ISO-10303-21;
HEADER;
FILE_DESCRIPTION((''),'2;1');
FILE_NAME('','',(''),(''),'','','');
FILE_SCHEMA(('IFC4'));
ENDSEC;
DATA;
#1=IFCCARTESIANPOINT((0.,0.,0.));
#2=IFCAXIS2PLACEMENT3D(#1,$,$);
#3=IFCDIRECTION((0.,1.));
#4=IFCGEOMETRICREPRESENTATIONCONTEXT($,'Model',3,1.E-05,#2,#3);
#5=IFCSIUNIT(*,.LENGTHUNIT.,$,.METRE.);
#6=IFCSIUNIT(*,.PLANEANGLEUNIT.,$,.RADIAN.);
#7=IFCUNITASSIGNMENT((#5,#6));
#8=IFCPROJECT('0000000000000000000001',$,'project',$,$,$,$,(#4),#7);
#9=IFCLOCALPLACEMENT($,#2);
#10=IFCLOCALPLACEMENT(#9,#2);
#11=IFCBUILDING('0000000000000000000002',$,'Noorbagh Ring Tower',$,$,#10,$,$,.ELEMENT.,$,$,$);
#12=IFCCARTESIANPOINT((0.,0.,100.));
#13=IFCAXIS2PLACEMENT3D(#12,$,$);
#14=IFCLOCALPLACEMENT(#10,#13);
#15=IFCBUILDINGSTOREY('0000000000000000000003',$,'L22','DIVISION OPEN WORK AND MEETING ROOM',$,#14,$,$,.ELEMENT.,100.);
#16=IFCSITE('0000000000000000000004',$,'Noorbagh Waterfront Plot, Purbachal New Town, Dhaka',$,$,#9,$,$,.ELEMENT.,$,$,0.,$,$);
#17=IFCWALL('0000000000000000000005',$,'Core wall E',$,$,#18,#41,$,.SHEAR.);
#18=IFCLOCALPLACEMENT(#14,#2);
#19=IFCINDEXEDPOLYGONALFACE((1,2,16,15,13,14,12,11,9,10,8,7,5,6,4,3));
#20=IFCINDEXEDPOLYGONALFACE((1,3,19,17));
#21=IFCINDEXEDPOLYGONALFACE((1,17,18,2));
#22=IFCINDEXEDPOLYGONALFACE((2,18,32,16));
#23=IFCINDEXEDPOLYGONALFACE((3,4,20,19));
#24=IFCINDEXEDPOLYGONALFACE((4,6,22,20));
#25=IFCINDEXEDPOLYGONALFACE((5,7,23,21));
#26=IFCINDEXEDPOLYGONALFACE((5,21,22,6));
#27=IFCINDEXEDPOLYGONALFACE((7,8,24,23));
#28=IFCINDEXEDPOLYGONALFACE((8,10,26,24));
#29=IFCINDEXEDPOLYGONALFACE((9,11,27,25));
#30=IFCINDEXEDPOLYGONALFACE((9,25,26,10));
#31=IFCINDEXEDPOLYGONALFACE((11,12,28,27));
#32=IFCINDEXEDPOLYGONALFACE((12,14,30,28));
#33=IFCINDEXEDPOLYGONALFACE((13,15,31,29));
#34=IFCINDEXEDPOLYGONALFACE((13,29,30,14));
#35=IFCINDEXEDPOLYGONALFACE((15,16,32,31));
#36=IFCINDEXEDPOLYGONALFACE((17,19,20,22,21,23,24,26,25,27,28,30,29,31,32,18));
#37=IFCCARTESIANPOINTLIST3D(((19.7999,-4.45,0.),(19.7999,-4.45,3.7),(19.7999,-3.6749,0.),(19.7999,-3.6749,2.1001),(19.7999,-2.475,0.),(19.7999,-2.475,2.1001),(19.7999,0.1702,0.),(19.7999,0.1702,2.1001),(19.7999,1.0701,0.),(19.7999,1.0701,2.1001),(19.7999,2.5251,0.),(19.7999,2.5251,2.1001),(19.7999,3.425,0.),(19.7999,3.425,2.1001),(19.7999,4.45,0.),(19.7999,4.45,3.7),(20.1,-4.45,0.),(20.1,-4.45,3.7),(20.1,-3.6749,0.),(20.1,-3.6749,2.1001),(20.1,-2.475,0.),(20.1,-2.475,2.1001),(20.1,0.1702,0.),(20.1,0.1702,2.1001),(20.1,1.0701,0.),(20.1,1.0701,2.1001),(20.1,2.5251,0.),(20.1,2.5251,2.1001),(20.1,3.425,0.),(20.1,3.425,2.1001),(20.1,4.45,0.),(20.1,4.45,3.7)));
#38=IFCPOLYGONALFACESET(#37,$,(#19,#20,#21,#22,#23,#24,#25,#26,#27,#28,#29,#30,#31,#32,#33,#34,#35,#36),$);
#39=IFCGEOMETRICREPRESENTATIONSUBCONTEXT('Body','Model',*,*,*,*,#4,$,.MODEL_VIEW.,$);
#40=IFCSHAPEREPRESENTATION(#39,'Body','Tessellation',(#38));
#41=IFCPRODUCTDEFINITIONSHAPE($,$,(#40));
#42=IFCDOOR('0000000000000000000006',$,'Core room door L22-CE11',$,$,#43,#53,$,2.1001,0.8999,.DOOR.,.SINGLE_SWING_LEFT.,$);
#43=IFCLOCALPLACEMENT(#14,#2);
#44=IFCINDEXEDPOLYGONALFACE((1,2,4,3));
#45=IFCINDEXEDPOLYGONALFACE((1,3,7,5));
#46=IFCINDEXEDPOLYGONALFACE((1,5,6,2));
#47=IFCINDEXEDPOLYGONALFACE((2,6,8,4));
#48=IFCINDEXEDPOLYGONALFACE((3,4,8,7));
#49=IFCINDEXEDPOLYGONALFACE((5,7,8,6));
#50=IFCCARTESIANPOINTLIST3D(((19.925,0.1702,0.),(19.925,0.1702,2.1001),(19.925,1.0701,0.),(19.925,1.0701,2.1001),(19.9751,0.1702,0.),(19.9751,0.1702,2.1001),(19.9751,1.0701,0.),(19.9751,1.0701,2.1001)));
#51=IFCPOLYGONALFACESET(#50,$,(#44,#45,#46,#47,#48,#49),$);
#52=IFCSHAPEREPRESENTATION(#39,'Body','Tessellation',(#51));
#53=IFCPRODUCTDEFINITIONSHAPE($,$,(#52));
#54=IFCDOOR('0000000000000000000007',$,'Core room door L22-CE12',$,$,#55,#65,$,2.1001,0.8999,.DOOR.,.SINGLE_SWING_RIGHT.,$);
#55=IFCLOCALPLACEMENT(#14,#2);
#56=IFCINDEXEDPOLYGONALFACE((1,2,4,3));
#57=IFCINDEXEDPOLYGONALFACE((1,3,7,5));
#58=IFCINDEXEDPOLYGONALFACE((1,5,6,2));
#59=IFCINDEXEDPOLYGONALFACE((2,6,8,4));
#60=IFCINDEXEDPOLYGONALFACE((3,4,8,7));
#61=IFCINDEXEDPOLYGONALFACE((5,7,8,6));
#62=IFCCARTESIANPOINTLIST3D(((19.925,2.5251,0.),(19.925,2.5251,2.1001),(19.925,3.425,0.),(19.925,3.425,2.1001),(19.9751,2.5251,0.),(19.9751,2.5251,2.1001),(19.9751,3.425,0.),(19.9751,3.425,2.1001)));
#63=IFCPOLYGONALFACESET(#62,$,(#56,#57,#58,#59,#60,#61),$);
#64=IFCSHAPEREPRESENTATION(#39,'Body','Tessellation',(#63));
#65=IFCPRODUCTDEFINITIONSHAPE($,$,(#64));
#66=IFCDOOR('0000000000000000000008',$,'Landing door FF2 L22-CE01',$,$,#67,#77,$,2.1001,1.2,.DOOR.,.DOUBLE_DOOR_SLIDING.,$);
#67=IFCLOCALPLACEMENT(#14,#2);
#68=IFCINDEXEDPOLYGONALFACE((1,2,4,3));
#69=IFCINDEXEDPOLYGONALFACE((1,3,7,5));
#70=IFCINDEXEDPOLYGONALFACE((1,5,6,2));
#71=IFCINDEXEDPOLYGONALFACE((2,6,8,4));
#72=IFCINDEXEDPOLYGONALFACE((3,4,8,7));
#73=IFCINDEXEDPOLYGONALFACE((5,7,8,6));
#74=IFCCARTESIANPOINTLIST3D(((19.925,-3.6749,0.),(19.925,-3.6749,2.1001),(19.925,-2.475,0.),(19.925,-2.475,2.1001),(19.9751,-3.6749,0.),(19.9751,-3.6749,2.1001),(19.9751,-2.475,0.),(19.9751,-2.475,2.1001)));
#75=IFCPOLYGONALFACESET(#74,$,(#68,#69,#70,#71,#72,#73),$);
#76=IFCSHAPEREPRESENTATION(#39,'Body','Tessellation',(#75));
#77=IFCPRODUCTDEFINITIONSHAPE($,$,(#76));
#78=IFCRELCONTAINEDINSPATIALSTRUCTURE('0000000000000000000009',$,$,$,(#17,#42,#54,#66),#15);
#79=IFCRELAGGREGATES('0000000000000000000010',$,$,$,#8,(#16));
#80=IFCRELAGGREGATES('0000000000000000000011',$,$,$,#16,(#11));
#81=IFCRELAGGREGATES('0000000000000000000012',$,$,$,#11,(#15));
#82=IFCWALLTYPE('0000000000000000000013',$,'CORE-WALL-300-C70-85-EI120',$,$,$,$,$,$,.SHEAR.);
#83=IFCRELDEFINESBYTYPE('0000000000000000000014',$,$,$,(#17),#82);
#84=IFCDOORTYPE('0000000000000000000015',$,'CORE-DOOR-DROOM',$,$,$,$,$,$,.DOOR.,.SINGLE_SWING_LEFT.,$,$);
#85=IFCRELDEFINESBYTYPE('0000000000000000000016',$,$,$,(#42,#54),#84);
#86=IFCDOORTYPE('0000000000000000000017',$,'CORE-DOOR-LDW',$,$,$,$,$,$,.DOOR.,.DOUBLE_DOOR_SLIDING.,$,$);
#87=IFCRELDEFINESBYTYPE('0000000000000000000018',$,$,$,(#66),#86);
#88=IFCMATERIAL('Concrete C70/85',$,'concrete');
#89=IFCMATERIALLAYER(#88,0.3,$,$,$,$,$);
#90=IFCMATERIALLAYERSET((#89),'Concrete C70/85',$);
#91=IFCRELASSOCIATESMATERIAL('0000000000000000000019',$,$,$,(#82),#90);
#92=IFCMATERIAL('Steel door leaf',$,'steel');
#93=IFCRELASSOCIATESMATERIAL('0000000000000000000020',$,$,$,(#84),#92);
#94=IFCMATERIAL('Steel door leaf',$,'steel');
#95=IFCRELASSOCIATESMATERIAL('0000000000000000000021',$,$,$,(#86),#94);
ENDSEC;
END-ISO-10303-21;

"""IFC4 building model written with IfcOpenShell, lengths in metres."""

from ifc_helpers import new_model, si_unit, direction, frame, frame_2d, origin, place, context, subcontext, project, spatial, rectangle, extrude, material, layer, layer_set, type_object, element, fill, save


model = new_model("IFC4")

# Units and contexts
model_context = context("Model", 3, precision=1e-05, world=origin(), true_north=direction((0.0, 1.0)))
body_context = subcontext(model_context, "Body", "Model", "MODEL_VIEW")
ifc_project = project(units=[si_unit("LENGTHUNIT", "METRE"), si_unit("PLANEANGLEUNIT", "RADIAN")], contexts=[model_context])

# Site, building, storey
site_placement = place(None, origin())
site = spatial("IfcSite", under=ifc_project, at=site_placement, Name="Noorbagh Waterfront Plot, Purbachal New Town, Dhaka", CompositionType="ELEMENT", RefElevation=0.0)
building_placement = place(site_placement, origin())
building = spatial("IfcBuilding", under=site, at=building_placement, Name="Noorbagh Ring Tower", CompositionType="ELEMENT")
storey_placement = place(building_placement, frame((0.0, 0.0, 100.0)))
storey = spatial("IfcBuildingStorey", under=building, at=storey_placement, Name="L22", Description="DIVISION OPEN WORK AND MEETING ROOM", CompositionType="ELEMENT", Elevation=100.0)

# Shared definitions
ifc_material_1 = material(Name="Concrete C70/85", Category="concrete")
ifc_layer_1 = layer(ifc_material_1, 0.3)
ifc_layer_set_1 = layer_set([ifc_layer_1], Name="Concrete C70/85")
wall_type_1 = type_object("IfcWallType", Name="CORE-WALL-300-C70-85-EI120", PredefinedType="SHEAR", material=ifc_layer_set_1)

# Wall, openings, doors
wall_1_placement = place(storey_placement, frame((19.95, -4.45, 0.0), z_axis=(0.0, 0.0, 1.0), x_axis=(0.0, 1.0, 0.0)))
wall_1 = element("IfcWall", 1, at=wall_1_placement, inside=storey, type_object=wall_type_1, Name="Core wall E", PredefinedType="SHEAR", context=body_context, shape_type="SweptSolid", body=[
    extrude(rectangle(XDim=8.8999, YDim=0.3, at=frame_2d((4.45, 0.0))), origin(), (0.0, 0.0, 1.0), 3.7),
])
opening_1_placement = place(wall_1_placement, frame((0.7749, 0.0, 0.0)))
opening_1 = element("IfcOpeningElement", 2, at=opening_1_placement, cuts=wall_1, PredefinedType="OPENING", context=body_context, shape_type="SweptSolid", body=[
    extrude(rectangle(XDim=1.2, YDim=2.1001, at=frame_2d((0.6001, 1.05))), frame((0.0, 0.1602, 0.0), z_axis=(0.0, -1.0, 0.0), x_axis=(1.0, 0.0, 0.0)), (0.0, 0.0, 1.0), 0.3201),
])
opening_2_placement = place(wall_1_placement, frame((4.6201, 0.0, 0.0)))
opening_2 = element("IfcOpeningElement", 3, at=opening_2_placement, cuts=wall_1, PredefinedType="OPENING", context=body_context, shape_type="SweptSolid", body=[
    extrude(rectangle(XDim=0.8999, YDim=2.1001, at=frame_2d((0.45, 1.05))), frame((0.0, 0.1602, 0.0), z_axis=(0.0, -1.0, 0.0), x_axis=(1.0, 0.0, 0.0)), (0.0, 0.0, 1.0), 0.3201),
])
opening_3_placement = place(wall_1_placement, frame((6.9751, 0.0, 0.0)))
opening_3 = element("IfcOpeningElement", 4, at=opening_3_placement, cuts=wall_1, PredefinedType="OPENING", context=body_context, shape_type="SweptSolid", body=[
    extrude(rectangle(XDim=0.8999, YDim=2.1001, at=frame_2d((0.45, 1.05))), frame((0.0, 0.1602, 0.0), z_axis=(0.0, -1.0, 0.0), x_axis=(1.0, 0.0, 0.0)), (0.0, 0.0, 1.0), 0.3201),
])
ifc_material_2 = material(Name="Steel door leaf", Category="steel")
door_type_1 = type_object("IfcDoorType", Name="CORE-DOOR-DROOM", OperationType="SINGLE_SWING_LEFT", PredefinedType="DOOR", material=ifc_material_2)
door_1_placement = place(opening_2_placement, origin())
door_1 = element("IfcDoor", 5, at=door_1_placement, inside=storey, type_object=door_type_1, Name="Core room door L22-CE11", OperationType="SINGLE_SWING_LEFT", OverallHeight=2.1001, OverallWidth=0.8999, PredefinedType="DOOR", context=body_context, shape_type="SweptSolid", body=[
    extrude(rectangle(XDim=0.8999, YDim=2.1001, at=frame_2d((0.45, 1.05))), frame((0.0, 0.0249, 0.0), z_axis=(0.0, -1.0, 0.0), x_axis=(1.0, 0.0, 0.0)), (0.0, 0.0, 1.0), 0.05),
])
fill(opening_2, door_1)
door_2_placement = place(opening_3_placement, origin())
door_2 = element("IfcDoor", 6, at=door_2_placement, inside=storey, type_object=door_type_1, Name="Core room door L22-CE12", OperationType="SINGLE_SWING_RIGHT", OverallHeight=2.1001, OverallWidth=0.8999, PredefinedType="DOOR", context=body_context, shape_type="SweptSolid", body=[
    extrude(rectangle(XDim=0.8999, YDim=2.1001, at=frame_2d((0.45, 1.05))), frame((0.0, 0.0249, 0.0), z_axis=(0.0, -1.0, 0.0), x_axis=(1.0, 0.0, 0.0)), (0.0, 0.0, 1.0), 0.05),
])
fill(opening_3, door_2)
ifc_material_3 = material(Name="Steel door leaf", Category="steel")
door_type_2 = type_object("IfcDoorType", Name="CORE-DOOR-LDW", OperationType="DOUBLE_DOOR_SLIDING", PredefinedType="DOOR", material=ifc_material_3)
door_3_placement = place(opening_1_placement, origin())
door_3 = element("IfcDoor", 7, at=door_3_placement, inside=storey, type_object=door_type_2, Name="Landing door FF2 L22-CE01", OperationType="DOUBLE_DOOR_SLIDING", OverallHeight=2.1001, OverallWidth=1.2, PredefinedType="DOOR", context=body_context, shape_type="SweptSolid", body=[
    extrude(rectangle(XDim=1.2, YDim=2.1001, at=frame_2d((0.6001, 1.05))), frame((0.0, 0.0249, 0.0), z_axis=(0.0, -1.0, 0.0), x_axis=(1.0, 0.0, 0.0)), (0.0, 0.0, 1.0), 0.05),
])
fill(opening_1, door_3)

save(model, "model.ifc")
